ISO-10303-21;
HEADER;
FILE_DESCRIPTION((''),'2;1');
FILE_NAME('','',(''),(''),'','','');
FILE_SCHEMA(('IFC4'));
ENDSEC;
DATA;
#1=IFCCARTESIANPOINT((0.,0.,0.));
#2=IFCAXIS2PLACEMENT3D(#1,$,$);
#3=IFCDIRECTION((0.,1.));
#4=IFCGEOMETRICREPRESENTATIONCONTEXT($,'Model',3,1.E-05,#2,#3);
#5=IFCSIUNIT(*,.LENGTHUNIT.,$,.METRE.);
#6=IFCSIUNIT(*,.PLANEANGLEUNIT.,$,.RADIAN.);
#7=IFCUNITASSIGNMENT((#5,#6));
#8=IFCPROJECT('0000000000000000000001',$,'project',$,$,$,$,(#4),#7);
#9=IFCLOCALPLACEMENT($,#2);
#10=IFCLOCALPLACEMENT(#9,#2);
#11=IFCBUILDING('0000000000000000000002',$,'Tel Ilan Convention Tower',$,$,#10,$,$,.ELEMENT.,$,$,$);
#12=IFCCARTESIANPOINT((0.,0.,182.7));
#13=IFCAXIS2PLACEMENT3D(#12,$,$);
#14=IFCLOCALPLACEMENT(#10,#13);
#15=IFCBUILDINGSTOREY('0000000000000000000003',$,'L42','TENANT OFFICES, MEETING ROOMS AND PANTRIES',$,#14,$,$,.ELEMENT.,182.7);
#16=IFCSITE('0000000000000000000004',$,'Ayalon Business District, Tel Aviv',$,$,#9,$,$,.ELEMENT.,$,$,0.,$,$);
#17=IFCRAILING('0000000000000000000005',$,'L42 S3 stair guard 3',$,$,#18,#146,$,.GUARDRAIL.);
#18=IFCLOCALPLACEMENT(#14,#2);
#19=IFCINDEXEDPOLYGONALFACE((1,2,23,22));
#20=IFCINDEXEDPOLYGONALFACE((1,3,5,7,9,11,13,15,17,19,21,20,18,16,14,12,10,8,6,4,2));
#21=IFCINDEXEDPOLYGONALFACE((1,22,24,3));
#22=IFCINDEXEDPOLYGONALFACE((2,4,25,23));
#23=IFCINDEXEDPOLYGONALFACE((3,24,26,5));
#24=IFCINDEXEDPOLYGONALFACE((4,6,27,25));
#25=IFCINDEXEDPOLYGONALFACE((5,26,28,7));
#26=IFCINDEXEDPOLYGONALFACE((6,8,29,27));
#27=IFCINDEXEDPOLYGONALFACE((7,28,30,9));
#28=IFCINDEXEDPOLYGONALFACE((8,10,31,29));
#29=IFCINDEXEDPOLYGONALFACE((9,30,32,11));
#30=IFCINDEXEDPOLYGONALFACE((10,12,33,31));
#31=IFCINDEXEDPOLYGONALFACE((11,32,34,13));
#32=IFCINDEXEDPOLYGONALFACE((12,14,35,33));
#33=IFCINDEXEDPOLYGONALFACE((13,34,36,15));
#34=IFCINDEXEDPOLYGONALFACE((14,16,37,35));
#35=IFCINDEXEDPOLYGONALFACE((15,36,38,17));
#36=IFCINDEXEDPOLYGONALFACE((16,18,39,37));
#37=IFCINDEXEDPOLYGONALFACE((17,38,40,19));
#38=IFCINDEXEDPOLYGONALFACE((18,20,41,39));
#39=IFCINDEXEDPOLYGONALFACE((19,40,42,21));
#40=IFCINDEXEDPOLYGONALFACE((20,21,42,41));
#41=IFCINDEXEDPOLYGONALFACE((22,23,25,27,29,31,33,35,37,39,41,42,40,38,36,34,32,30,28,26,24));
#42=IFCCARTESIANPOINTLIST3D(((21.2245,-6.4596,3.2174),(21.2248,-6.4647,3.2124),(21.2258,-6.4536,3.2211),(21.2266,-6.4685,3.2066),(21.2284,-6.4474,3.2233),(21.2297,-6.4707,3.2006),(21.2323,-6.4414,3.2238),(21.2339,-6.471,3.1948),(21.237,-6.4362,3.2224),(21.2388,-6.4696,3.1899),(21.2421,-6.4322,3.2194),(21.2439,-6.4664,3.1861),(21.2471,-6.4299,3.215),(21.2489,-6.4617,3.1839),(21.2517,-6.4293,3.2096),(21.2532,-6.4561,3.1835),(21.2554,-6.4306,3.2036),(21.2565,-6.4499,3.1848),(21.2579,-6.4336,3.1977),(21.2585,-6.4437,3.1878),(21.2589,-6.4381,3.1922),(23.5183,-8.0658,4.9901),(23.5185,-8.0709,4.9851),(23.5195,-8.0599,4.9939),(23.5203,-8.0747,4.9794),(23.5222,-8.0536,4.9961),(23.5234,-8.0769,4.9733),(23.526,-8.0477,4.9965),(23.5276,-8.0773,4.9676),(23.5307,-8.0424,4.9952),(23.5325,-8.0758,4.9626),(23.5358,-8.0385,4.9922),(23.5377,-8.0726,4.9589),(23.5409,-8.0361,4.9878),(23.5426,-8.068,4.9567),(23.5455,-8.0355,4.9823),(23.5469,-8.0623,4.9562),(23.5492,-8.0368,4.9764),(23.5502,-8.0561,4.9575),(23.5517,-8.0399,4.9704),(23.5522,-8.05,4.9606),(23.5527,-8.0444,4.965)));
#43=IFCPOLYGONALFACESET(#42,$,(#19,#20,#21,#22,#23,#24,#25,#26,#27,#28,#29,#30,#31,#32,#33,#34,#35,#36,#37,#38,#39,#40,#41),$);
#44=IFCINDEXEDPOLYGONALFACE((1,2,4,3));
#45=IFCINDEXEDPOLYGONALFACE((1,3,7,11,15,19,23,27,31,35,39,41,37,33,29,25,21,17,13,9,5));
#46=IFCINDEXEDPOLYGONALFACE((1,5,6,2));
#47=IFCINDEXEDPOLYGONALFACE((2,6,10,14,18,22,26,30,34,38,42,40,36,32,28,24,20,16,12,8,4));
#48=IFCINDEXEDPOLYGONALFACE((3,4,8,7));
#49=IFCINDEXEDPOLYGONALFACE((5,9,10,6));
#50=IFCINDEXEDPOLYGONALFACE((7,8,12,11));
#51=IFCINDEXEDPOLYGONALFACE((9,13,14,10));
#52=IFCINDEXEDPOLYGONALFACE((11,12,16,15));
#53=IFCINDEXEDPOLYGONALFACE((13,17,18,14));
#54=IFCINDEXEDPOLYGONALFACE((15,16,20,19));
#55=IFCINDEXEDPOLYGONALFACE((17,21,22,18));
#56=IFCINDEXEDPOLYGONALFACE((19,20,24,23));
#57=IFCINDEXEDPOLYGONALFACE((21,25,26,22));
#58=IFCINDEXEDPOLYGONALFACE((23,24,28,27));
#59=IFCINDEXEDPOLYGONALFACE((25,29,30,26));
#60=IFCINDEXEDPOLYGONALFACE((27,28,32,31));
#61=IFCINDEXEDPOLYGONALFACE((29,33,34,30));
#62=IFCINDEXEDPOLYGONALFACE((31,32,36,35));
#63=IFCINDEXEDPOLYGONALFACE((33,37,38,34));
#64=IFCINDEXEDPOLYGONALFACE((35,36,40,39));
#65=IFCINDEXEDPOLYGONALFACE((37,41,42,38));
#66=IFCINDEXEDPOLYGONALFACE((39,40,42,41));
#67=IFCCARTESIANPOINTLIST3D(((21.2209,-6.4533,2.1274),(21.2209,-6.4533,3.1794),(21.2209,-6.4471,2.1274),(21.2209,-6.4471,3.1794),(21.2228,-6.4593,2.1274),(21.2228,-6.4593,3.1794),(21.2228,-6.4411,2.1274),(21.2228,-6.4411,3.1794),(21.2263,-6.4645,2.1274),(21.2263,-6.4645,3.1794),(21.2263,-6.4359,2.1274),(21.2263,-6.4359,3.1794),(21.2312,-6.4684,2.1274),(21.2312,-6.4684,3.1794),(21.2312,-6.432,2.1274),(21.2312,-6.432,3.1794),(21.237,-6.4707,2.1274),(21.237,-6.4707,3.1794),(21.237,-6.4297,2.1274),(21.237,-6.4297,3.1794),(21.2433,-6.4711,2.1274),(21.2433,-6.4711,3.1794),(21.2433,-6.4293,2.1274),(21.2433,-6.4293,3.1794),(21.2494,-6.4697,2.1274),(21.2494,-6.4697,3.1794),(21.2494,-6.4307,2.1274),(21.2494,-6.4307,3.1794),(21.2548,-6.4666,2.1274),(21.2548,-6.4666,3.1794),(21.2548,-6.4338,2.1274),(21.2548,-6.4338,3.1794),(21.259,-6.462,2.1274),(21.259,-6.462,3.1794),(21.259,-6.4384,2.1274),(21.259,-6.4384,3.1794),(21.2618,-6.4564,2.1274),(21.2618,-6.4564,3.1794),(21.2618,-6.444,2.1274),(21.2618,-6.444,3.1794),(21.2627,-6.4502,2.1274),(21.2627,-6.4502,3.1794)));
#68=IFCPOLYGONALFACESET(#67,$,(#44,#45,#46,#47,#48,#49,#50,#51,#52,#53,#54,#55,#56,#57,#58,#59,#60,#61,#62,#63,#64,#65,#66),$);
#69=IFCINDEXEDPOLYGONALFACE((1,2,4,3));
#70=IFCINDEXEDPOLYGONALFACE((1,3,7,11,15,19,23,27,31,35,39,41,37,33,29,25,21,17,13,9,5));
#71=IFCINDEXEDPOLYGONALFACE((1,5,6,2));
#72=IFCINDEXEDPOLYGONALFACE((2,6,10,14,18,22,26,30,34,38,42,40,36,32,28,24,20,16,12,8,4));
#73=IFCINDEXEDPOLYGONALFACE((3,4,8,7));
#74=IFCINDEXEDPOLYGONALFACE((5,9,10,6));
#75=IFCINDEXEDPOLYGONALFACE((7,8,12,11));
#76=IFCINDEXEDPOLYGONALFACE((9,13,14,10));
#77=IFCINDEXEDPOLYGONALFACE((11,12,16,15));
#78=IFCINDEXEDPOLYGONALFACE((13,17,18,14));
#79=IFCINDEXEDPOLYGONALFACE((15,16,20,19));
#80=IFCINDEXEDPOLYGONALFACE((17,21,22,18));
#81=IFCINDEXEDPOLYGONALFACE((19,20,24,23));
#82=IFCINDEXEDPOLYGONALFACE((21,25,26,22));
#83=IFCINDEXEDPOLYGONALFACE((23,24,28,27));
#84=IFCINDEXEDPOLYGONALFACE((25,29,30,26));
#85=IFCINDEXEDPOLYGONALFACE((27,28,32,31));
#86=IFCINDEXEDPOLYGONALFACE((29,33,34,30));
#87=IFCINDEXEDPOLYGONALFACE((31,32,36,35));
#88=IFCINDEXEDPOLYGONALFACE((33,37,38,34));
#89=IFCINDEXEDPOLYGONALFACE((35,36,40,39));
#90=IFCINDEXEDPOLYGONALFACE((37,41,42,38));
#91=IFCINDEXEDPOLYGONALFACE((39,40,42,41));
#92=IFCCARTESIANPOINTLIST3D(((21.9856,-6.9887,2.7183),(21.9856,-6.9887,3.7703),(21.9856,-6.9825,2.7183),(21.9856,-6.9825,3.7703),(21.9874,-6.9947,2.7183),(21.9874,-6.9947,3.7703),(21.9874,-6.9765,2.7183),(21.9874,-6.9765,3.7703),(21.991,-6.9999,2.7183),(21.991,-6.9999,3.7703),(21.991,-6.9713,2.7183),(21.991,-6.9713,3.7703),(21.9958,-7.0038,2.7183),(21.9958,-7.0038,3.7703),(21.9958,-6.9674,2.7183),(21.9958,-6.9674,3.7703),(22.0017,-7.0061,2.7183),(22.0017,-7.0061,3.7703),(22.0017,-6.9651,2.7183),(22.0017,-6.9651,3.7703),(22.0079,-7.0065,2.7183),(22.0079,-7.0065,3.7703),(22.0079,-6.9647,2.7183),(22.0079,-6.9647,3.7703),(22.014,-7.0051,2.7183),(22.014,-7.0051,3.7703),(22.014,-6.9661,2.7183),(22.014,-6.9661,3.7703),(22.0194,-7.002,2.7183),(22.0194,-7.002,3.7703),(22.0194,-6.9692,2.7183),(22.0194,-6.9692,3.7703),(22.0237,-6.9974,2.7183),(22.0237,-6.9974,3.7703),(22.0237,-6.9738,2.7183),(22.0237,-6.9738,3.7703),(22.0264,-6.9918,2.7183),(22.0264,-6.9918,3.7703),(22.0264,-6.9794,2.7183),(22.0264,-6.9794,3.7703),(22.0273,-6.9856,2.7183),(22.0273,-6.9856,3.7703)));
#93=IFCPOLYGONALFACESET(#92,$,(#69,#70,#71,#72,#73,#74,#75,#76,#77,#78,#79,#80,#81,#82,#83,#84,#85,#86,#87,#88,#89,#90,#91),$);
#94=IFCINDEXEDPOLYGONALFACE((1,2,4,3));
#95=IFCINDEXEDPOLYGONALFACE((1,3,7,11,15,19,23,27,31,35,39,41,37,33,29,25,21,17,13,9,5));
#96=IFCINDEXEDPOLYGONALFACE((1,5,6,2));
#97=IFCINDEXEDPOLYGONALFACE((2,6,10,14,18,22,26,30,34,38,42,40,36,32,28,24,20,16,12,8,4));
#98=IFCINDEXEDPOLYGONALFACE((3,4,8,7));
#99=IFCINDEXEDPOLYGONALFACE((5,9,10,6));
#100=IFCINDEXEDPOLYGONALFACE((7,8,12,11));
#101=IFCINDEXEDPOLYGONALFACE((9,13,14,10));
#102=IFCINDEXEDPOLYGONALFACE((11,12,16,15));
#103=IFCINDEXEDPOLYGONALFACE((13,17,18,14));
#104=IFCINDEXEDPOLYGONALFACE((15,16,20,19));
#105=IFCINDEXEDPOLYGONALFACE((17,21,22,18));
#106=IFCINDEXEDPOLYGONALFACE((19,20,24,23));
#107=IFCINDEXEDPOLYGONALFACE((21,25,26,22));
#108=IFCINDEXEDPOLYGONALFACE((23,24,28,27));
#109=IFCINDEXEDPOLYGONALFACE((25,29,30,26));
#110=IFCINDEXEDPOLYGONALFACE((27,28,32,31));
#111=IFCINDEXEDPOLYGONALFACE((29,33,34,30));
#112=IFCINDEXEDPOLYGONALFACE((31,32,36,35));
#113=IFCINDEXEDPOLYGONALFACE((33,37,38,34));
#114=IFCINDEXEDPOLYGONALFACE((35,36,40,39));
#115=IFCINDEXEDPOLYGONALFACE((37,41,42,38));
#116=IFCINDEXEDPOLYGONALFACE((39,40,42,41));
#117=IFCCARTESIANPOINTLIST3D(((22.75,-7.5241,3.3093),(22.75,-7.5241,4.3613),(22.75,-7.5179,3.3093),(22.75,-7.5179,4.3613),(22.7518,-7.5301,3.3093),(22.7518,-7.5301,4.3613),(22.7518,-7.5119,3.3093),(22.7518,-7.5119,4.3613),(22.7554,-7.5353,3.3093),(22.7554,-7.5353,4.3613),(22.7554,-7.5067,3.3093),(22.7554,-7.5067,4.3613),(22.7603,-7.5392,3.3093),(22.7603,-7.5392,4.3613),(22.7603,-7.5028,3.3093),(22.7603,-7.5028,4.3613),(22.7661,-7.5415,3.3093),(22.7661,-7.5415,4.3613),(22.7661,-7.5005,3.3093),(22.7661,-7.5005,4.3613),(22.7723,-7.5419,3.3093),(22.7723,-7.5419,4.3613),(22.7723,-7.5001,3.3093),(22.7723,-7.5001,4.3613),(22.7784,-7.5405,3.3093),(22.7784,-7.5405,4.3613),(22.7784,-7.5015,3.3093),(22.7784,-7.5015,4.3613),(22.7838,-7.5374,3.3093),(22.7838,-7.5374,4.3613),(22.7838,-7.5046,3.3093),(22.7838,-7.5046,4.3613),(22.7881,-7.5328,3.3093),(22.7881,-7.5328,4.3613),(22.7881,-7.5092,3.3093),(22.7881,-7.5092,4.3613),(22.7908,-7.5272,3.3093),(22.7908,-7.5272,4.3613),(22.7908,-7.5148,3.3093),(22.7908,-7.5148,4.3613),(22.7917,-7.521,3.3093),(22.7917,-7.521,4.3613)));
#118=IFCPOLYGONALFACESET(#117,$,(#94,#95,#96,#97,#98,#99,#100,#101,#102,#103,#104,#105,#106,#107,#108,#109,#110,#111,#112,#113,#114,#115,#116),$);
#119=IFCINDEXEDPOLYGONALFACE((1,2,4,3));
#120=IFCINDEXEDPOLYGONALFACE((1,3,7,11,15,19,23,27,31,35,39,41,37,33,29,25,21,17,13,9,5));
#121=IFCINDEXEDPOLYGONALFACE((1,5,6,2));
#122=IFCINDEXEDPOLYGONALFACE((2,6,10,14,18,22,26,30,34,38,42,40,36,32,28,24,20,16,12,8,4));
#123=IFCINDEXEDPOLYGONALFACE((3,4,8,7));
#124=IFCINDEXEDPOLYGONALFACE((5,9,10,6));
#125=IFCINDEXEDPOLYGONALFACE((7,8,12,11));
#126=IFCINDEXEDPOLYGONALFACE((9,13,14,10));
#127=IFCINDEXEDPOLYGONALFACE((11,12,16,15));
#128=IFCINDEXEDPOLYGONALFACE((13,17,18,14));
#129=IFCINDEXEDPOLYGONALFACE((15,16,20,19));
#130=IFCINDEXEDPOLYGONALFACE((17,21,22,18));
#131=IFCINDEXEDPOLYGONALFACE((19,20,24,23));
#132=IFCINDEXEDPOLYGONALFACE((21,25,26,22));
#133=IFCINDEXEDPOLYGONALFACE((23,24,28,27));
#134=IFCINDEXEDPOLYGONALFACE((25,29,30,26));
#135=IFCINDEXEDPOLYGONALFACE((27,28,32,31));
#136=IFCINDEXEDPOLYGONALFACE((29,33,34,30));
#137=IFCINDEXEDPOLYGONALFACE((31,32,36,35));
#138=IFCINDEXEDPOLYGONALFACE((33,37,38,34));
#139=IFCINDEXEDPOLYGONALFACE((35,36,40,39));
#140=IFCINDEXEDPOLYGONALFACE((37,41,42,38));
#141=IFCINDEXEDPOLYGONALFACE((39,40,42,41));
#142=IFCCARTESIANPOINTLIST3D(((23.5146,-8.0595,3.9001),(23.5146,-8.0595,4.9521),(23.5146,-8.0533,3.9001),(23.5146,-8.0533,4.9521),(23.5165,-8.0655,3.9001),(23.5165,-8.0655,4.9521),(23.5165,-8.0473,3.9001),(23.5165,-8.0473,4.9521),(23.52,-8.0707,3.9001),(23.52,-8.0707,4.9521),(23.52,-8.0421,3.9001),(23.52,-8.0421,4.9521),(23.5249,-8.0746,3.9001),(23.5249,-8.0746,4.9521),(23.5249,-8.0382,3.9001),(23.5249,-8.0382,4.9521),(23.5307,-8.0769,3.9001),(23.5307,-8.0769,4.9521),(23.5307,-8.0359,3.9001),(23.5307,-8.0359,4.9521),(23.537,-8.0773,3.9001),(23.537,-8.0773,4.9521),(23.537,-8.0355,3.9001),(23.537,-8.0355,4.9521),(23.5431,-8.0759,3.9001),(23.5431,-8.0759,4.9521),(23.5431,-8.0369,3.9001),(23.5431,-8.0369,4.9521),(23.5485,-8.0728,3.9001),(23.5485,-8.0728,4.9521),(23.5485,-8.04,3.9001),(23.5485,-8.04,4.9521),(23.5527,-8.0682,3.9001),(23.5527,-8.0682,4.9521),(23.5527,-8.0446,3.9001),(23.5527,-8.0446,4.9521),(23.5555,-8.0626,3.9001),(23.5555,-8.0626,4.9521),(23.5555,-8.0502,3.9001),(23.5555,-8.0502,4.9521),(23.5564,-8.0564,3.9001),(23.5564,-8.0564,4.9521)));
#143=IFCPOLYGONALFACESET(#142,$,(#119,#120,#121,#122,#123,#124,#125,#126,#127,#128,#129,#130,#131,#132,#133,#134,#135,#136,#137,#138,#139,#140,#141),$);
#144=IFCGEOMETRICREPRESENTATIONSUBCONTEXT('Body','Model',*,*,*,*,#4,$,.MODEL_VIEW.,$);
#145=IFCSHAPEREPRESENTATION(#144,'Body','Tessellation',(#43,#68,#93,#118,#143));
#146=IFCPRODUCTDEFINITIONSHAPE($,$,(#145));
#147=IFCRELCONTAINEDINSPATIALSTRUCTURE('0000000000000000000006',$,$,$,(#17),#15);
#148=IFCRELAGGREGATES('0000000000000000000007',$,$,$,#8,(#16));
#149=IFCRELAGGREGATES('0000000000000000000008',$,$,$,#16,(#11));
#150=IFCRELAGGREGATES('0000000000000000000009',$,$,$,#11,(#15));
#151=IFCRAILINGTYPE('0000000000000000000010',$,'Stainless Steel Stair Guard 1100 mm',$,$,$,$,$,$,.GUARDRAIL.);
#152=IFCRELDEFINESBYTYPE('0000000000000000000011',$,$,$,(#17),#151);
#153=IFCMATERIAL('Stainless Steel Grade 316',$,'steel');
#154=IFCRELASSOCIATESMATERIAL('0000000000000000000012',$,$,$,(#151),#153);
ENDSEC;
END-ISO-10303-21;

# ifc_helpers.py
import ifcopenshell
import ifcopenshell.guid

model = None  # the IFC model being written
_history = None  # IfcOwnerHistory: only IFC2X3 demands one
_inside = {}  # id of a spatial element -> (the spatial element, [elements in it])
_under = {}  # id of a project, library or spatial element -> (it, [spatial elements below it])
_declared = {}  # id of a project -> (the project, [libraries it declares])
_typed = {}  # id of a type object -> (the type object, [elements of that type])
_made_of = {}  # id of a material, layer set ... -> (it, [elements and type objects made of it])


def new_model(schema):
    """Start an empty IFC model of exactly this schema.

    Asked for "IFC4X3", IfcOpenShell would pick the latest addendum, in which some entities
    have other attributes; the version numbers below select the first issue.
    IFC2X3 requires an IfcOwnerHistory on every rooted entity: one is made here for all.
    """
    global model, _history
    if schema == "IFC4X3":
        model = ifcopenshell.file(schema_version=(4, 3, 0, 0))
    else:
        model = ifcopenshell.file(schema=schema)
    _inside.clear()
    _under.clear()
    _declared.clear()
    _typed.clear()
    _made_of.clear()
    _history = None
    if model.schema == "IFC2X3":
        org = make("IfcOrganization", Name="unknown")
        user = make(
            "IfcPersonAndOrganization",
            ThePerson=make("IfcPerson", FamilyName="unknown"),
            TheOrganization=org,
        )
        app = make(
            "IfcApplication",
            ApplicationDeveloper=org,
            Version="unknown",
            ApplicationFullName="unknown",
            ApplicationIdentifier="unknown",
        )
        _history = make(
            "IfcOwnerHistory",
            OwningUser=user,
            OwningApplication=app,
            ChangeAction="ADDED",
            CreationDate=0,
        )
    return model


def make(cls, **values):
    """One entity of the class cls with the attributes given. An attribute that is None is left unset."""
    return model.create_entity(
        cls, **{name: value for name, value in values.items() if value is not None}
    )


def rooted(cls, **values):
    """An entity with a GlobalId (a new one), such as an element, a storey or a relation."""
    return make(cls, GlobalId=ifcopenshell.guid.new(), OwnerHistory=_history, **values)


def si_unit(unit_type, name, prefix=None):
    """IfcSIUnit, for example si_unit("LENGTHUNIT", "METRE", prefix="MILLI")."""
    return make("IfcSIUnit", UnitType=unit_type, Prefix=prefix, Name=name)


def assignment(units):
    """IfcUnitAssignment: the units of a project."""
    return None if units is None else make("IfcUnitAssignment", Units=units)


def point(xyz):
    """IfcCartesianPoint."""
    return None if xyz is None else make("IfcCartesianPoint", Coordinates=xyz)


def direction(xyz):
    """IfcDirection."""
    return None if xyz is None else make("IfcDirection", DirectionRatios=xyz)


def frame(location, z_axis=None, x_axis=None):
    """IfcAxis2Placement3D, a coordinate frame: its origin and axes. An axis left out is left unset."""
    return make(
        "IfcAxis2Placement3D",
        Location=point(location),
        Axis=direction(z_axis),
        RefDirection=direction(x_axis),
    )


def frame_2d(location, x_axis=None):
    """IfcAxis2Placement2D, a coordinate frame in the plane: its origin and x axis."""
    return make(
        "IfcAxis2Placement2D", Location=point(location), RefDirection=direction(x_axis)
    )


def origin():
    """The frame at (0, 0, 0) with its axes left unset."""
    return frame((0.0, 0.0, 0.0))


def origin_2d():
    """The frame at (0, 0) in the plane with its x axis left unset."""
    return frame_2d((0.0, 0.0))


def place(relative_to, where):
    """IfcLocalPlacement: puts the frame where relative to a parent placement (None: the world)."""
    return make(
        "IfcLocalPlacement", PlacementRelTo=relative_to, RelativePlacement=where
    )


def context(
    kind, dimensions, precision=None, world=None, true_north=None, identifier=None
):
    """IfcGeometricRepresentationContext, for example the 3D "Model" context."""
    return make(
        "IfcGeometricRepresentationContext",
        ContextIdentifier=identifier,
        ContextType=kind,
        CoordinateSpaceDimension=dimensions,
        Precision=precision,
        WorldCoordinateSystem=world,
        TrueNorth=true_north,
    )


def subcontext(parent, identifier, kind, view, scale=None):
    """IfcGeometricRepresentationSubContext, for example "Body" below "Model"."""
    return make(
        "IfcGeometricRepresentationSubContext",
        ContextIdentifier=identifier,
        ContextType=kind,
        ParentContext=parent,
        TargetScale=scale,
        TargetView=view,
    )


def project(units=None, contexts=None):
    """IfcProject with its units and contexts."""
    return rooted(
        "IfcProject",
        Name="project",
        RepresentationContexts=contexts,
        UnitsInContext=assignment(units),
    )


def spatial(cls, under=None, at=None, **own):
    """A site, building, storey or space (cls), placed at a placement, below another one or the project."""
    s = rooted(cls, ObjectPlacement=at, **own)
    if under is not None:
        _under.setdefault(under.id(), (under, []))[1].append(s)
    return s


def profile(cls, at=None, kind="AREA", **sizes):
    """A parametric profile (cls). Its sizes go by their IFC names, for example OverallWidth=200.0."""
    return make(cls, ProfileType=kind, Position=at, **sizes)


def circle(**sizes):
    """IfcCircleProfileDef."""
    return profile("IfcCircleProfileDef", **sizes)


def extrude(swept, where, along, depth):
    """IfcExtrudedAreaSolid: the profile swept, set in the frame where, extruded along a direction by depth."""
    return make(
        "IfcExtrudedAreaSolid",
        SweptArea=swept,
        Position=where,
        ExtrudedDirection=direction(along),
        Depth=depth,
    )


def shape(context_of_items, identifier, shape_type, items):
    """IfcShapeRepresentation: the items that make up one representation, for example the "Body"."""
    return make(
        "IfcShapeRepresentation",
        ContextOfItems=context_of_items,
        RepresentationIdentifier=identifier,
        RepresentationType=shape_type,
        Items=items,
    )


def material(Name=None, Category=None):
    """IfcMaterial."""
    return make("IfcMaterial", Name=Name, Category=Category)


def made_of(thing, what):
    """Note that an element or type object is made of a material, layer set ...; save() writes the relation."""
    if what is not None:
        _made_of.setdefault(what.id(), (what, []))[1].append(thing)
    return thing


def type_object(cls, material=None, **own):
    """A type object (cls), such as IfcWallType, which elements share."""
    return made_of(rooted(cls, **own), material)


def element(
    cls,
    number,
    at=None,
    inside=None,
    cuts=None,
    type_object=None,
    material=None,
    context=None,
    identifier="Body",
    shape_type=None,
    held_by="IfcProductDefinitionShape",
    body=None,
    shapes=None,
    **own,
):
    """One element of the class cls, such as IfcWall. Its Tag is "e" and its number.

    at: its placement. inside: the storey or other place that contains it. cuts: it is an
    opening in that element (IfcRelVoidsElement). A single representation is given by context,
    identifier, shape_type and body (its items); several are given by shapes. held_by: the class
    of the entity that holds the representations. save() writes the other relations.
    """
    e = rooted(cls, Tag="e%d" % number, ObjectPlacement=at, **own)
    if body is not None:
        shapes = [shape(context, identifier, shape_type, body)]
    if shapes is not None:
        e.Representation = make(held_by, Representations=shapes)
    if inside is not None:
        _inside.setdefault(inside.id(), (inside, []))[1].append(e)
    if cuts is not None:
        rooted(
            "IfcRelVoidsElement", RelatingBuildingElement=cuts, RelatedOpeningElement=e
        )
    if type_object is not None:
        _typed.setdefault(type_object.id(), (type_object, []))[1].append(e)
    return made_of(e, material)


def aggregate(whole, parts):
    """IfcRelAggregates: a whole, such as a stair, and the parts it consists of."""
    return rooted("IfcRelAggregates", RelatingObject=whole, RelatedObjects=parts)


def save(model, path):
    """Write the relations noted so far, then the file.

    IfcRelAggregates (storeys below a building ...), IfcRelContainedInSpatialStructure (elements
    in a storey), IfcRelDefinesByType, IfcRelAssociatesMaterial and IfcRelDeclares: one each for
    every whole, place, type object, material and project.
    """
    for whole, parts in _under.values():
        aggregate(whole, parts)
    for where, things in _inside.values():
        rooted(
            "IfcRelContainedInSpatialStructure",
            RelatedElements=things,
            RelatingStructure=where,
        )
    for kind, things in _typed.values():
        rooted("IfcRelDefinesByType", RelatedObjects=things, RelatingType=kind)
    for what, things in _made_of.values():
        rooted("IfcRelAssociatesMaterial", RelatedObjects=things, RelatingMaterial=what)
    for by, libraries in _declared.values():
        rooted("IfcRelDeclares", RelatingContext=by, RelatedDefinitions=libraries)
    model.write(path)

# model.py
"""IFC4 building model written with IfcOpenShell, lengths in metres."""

from ifc_helpers import new_model, si_unit, direction, frame, origin, origin_2d, place, context, subcontext, project, spatial, circle, extrude, material, type_object, element, save


model = new_model("IFC4")

# Units and contexts
model_context = context("Model", 3, precision=1e-05, world=origin(), true_north=direction((0.0, 1.0)))
body_context = subcontext(model_context, "Body", "Model", "MODEL_VIEW")
ifc_project = project(units=[si_unit("LENGTHUNIT", "METRE"), si_unit("PLANEANGLEUNIT", "RADIAN")], contexts=[model_context])

# Site, building, storey
site_placement = place(None, origin())
site = spatial("IfcSite", under=ifc_project, at=site_placement, Name="Ayalon Business District, Tel Aviv", CompositionType="ELEMENT", RefElevation=0.0)
building_placement = place(site_placement, origin())
building = spatial("IfcBuilding", under=site, at=building_placement, Name="Tel Ilan Convention Tower", CompositionType="ELEMENT")
storey_placement = place(building_placement, frame((0.0, 0.0, 182.7)))
storey = spatial("IfcBuildingStorey", under=building, at=storey_placement, Name="L42", Description="TENANT OFFICES, MEETING ROOMS AND PANTRIES", CompositionType="ELEMENT", Elevation=182.7)

# Railing
ifc_material_1 = material(Name="Stainless Steel Grade 316", Category="steel")
railing_type_1 = type_object("IfcRailingType", Name="Stainless Steel Stair Guard 1100 mm", PredefinedType="GUARDRAIL", material=ifc_material_1)
railing_1_placement = place(storey_placement, frame((21.2417, -6.4502, 2.1274)))
element("IfcRailing", 1, at=railing_1_placement, inside=storey, type_object=railing_type_1, Name="L42 S3 stair guard 3", PredefinedType="GUARDRAIL", context=body_context, shape_type="SweptSolid", body=[
    extrude(circle(Radius=0.0239, at=origin_2d()), frame((0.0, 0.0, 1.0762), z_axis=(0.692098, -0.484653, 0.534894), x_axis=(0.573609, 0.81913, 0.0)), (0.0, 0.0, 1.0), 3.3142),
    extrude(circle(Radius=0.021, at=origin_2d()), origin(), (0.0, 0.0, 1.0), 1.052),
    extrude(circle(Radius=0.021, at=origin_2d()), frame((0.7646, -0.5354, 0.5908)), (0.0, 0.0, 1.0), 1.052),
    extrude(circle(Radius=0.021, at=origin_2d()), frame((1.5291, -1.0708, 1.1819)), (0.0, 0.0, 1.0), 1.052),
    extrude(circle(Radius=0.021, at=origin_2d()), frame((2.2937, -1.6062, 1.7727)), (0.0, 0.0, 1.0), 1.052),
])

save(model, "model.ifc")
